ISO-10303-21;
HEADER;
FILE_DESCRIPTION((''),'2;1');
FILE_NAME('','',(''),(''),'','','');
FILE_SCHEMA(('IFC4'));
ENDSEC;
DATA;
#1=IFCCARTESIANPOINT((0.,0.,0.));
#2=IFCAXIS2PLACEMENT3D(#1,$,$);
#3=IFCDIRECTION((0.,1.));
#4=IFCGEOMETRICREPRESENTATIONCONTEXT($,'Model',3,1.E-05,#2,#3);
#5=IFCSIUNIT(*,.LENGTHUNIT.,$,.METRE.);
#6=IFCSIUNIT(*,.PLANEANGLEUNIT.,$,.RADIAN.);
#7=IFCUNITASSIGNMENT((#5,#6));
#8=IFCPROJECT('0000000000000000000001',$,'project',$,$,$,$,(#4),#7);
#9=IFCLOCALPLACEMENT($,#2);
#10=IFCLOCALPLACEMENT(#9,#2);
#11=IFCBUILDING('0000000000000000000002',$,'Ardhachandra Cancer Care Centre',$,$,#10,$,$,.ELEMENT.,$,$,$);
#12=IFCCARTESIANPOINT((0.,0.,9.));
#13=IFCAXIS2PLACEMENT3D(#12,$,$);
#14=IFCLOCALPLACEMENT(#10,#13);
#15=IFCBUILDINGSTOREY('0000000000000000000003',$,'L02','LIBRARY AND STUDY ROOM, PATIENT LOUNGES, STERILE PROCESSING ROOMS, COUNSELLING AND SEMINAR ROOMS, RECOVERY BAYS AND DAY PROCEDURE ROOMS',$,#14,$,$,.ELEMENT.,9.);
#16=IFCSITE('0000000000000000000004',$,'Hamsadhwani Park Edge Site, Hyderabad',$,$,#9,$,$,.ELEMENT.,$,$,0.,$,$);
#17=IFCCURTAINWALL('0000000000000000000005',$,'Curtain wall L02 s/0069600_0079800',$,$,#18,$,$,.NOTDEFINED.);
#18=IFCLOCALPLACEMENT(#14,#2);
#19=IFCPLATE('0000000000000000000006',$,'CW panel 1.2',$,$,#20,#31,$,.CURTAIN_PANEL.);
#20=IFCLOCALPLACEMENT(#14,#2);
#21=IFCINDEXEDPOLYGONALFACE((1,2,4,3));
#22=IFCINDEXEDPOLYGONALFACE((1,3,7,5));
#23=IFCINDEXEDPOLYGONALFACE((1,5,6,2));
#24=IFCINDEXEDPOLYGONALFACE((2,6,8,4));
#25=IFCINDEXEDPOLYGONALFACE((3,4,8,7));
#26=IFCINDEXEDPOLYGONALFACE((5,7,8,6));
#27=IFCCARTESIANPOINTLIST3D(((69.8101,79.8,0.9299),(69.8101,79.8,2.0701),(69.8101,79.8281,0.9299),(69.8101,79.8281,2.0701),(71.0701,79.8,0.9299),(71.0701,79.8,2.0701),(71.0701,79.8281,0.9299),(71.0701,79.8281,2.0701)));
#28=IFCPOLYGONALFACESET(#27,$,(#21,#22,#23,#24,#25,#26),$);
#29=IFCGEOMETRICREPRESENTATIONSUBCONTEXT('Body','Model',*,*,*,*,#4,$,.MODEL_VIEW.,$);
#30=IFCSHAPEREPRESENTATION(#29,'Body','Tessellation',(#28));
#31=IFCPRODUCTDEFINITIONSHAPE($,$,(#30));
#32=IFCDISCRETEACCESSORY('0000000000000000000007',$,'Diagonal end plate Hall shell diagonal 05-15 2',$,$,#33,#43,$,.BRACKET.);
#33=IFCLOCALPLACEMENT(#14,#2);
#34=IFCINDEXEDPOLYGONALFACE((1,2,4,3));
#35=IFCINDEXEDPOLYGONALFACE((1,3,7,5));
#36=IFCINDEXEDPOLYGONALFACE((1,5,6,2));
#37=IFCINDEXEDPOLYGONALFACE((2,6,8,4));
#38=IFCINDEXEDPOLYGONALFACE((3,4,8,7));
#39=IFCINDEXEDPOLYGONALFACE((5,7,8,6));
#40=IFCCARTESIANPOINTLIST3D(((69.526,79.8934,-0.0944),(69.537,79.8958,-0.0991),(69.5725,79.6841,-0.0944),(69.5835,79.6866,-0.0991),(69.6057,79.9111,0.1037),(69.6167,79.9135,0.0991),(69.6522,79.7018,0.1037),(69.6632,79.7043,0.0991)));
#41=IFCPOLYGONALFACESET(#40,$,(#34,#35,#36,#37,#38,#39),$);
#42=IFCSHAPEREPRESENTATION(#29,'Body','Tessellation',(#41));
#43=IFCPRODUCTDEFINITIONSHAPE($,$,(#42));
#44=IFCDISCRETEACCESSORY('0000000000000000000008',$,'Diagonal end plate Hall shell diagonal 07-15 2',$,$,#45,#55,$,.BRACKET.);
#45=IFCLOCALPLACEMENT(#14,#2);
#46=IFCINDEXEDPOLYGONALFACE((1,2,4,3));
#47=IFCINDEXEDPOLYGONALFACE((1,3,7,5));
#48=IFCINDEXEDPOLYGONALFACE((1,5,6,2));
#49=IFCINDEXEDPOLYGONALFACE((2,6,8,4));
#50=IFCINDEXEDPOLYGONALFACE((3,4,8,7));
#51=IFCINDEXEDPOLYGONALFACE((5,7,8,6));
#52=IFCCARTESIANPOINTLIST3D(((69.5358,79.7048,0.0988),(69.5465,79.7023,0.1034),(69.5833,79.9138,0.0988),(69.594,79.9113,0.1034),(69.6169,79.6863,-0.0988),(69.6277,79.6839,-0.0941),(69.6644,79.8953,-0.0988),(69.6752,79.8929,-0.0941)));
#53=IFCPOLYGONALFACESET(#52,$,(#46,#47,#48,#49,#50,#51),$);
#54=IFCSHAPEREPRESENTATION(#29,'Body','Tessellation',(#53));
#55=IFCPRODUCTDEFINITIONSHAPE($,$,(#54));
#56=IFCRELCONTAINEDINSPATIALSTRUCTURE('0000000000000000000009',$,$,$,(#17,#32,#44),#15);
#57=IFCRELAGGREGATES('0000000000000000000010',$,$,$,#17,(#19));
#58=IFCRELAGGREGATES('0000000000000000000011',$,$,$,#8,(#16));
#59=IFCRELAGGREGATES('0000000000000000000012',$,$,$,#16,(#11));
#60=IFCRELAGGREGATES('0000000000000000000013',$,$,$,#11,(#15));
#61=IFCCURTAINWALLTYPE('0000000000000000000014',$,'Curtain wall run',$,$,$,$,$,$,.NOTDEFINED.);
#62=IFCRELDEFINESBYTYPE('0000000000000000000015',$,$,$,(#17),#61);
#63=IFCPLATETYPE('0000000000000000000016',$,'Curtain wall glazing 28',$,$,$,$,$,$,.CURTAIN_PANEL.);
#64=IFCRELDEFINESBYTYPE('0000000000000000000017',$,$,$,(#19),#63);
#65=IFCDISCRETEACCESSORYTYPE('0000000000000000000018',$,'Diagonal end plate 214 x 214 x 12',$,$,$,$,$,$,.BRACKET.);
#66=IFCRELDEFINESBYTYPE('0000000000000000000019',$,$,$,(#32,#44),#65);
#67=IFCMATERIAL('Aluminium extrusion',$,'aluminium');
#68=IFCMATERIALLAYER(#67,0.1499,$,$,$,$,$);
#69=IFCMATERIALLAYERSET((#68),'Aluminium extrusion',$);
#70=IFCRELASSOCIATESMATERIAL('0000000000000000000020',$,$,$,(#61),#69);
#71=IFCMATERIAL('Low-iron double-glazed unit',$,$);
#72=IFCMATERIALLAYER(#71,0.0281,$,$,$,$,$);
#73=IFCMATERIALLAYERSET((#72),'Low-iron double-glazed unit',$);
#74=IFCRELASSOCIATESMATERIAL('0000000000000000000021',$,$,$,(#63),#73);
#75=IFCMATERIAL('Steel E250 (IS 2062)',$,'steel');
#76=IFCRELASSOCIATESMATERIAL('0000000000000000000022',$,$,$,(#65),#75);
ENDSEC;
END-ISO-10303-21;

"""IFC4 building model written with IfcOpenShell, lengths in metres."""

from ifc_helpers import new_model, si_unit, direction, frame, origin, origin_2d, place, context, subcontext, project, spatial, polyline, rectangle, outline, extrude, material, layer, layer_set, material_profile, profile_set, type_object, element, aggregate, save


model = new_model("IFC4")

# Units and contexts
model_context = context("Model", 3, precision=1e-05, world=origin(), true_north=direction((0.0, 1.0)))
body_context = subcontext(model_context, "Body", "Model", "MODEL_VIEW")
ifc_project = project(units=[si_unit("LENGTHUNIT", "METRE"), si_unit("PLANEANGLEUNIT", "RADIAN")], contexts=[model_context])

# Site, building, storey
site_placement = place(None, origin())
site = spatial("IfcSite", under=ifc_project, at=site_placement, Name="Hamsadhwani Park Edge Site, Hyderabad", CompositionType="ELEMENT", RefElevation=0.0)
building_placement = place(site_placement, origin())
building = spatial("IfcBuilding", under=site, at=building_placement, Name="Ardhachandra Cancer Care Centre", CompositionType="ELEMENT")
storey_placement = place(building_placement, frame((0.0, 0.0, 9.0)))
storey = spatial("IfcBuildingStorey", under=building, at=storey_placement, Name="L02", Description="LIBRARY AND STUDY ROOM, PATIENT LOUNGES, STERILE PROCESSING ROOMS, COUNSELLING AND SEMINAR ROOMS, RECOVERY BAYS AND DAY PROCEDURE ROOMS", CompositionType="ELEMENT", Elevation=9.0)

# Shared definitions
ifc_material_1 = material(Name="Aluminium extrusion", Category="aluminium")
ifc_layer_1 = layer(ifc_material_1, 0.1499)
ifc_layer_set_1 = layer_set([ifc_layer_1], Name="Aluminium extrusion")
curtain_wall_type = type_object("IfcCurtainWallType", Name="Curtain wall run", PredefinedType="NOTDEFINED", material=ifc_layer_set_1)

# Curtain wall
curtain_wall_1_placement = place(storey_placement, origin())
curtain_wall_1 = element("IfcCurtainWall", 1, at=curtain_wall_1_placement, inside=storey, type_object=curtain_wall_type, Name="Curtain wall L02 s/0069600_0079800", PredefinedType="NOTDEFINED")

# Plate
ifc_material_2 = material(Name="Low-iron double-glazed unit")
ifc_layer_2 = layer(ifc_material_2, 0.0281)
ifc_layer_set_2 = layer_set([ifc_layer_2], Name="Low-iron double-glazed unit")
plate_type = type_object("IfcPlateType", Name="Curtain wall glazing 28", PredefinedType="CURTAIN_PANEL", material=ifc_layer_set_2)
plate_1_placement = place(storey_placement, frame((69.8101, 79.8, 0.9299), z_axis=(0.0, 1.0, 0.0), x_axis=(0.0, 0.0, 1.0)))
plate_1 = element("IfcPlate", 2, at=plate_1_placement, type_object=plate_type, Name="CW panel 1.2", PredefinedType="CURTAIN_PANEL", context=body_context, shape_type="SweptSolid", body=[
    extrude(outline(polyline([(0.0, 0.0), (1.1401, 0.0), (1.1401, 1.26), (0.0, 1.26), (0.0, 0.0)])), origin(), (0.0, 0.0, 1.0), 0.0281),
])
aggregate(curtain_wall_1, [plate_1])

# Discrete accessories
ifc_material_3 = material(Name="Steel E250 (IS 2062)", Category="steel")
ifc_material_profile_1 = material_profile(ifc_material_3, rectangle(XDim=0.2144, YDim=0.2144, at=origin_2d()), Name="PL 214x214x12")
ifc_profile_set_1 = profile_set([ifc_material_profile_1], Name="Steel E250 (IS 2062)")
discrete_accessory_type = type_object("IfcDiscreteAccessoryType", Name="Diagonal end plate 214 x 214 x 12", PredefinedType="BRACKET", material=ifc_profile_set_1)
discrete_accessory_1_placement = place(storey_placement, frame((69.6001, 79.8, 0.0), z_axis=(-0.902531, -0.200562, 0.381068), x_axis=(0.21693, -0.976187, 0.0)))
element("IfcDiscreteAccessory", 3, at=discrete_accessory_1_placement, inside=storey, type_object=discrete_accessory_type, Name="Diagonal end plate Hall shell diagonal 05-15 2", PredefinedType="BRACKET", context=body_context, shape_type="SweptSolid", body=[
    extrude(rectangle(XDim=0.2144, YDim=0.2144, at=origin_2d()), origin(), (0.0, 0.0, 1.0), 0.0122),
])
discrete_accessory_2_placement = place(storey_placement, frame((69.6001, 79.8, 0.0), z_axis=(0.898708, -0.204252, 0.388079), x_axis=(0.221621, 0.975133, 0.0)))
element("IfcDiscreteAccessory", 4, at=discrete_accessory_2_placement, inside=storey, type_object=discrete_accessory_type, Name="Diagonal end plate Hall shell diagonal 07-15 2", PredefinedType="BRACKET", context=body_context, shape_type="SweptSolid", body=[
    extrude(rectangle(XDim=0.2144, YDim=0.2144, at=origin_2d()), origin(), (0.0, 0.0, 1.0), 0.012),
])

save(model, "model.ifc")
